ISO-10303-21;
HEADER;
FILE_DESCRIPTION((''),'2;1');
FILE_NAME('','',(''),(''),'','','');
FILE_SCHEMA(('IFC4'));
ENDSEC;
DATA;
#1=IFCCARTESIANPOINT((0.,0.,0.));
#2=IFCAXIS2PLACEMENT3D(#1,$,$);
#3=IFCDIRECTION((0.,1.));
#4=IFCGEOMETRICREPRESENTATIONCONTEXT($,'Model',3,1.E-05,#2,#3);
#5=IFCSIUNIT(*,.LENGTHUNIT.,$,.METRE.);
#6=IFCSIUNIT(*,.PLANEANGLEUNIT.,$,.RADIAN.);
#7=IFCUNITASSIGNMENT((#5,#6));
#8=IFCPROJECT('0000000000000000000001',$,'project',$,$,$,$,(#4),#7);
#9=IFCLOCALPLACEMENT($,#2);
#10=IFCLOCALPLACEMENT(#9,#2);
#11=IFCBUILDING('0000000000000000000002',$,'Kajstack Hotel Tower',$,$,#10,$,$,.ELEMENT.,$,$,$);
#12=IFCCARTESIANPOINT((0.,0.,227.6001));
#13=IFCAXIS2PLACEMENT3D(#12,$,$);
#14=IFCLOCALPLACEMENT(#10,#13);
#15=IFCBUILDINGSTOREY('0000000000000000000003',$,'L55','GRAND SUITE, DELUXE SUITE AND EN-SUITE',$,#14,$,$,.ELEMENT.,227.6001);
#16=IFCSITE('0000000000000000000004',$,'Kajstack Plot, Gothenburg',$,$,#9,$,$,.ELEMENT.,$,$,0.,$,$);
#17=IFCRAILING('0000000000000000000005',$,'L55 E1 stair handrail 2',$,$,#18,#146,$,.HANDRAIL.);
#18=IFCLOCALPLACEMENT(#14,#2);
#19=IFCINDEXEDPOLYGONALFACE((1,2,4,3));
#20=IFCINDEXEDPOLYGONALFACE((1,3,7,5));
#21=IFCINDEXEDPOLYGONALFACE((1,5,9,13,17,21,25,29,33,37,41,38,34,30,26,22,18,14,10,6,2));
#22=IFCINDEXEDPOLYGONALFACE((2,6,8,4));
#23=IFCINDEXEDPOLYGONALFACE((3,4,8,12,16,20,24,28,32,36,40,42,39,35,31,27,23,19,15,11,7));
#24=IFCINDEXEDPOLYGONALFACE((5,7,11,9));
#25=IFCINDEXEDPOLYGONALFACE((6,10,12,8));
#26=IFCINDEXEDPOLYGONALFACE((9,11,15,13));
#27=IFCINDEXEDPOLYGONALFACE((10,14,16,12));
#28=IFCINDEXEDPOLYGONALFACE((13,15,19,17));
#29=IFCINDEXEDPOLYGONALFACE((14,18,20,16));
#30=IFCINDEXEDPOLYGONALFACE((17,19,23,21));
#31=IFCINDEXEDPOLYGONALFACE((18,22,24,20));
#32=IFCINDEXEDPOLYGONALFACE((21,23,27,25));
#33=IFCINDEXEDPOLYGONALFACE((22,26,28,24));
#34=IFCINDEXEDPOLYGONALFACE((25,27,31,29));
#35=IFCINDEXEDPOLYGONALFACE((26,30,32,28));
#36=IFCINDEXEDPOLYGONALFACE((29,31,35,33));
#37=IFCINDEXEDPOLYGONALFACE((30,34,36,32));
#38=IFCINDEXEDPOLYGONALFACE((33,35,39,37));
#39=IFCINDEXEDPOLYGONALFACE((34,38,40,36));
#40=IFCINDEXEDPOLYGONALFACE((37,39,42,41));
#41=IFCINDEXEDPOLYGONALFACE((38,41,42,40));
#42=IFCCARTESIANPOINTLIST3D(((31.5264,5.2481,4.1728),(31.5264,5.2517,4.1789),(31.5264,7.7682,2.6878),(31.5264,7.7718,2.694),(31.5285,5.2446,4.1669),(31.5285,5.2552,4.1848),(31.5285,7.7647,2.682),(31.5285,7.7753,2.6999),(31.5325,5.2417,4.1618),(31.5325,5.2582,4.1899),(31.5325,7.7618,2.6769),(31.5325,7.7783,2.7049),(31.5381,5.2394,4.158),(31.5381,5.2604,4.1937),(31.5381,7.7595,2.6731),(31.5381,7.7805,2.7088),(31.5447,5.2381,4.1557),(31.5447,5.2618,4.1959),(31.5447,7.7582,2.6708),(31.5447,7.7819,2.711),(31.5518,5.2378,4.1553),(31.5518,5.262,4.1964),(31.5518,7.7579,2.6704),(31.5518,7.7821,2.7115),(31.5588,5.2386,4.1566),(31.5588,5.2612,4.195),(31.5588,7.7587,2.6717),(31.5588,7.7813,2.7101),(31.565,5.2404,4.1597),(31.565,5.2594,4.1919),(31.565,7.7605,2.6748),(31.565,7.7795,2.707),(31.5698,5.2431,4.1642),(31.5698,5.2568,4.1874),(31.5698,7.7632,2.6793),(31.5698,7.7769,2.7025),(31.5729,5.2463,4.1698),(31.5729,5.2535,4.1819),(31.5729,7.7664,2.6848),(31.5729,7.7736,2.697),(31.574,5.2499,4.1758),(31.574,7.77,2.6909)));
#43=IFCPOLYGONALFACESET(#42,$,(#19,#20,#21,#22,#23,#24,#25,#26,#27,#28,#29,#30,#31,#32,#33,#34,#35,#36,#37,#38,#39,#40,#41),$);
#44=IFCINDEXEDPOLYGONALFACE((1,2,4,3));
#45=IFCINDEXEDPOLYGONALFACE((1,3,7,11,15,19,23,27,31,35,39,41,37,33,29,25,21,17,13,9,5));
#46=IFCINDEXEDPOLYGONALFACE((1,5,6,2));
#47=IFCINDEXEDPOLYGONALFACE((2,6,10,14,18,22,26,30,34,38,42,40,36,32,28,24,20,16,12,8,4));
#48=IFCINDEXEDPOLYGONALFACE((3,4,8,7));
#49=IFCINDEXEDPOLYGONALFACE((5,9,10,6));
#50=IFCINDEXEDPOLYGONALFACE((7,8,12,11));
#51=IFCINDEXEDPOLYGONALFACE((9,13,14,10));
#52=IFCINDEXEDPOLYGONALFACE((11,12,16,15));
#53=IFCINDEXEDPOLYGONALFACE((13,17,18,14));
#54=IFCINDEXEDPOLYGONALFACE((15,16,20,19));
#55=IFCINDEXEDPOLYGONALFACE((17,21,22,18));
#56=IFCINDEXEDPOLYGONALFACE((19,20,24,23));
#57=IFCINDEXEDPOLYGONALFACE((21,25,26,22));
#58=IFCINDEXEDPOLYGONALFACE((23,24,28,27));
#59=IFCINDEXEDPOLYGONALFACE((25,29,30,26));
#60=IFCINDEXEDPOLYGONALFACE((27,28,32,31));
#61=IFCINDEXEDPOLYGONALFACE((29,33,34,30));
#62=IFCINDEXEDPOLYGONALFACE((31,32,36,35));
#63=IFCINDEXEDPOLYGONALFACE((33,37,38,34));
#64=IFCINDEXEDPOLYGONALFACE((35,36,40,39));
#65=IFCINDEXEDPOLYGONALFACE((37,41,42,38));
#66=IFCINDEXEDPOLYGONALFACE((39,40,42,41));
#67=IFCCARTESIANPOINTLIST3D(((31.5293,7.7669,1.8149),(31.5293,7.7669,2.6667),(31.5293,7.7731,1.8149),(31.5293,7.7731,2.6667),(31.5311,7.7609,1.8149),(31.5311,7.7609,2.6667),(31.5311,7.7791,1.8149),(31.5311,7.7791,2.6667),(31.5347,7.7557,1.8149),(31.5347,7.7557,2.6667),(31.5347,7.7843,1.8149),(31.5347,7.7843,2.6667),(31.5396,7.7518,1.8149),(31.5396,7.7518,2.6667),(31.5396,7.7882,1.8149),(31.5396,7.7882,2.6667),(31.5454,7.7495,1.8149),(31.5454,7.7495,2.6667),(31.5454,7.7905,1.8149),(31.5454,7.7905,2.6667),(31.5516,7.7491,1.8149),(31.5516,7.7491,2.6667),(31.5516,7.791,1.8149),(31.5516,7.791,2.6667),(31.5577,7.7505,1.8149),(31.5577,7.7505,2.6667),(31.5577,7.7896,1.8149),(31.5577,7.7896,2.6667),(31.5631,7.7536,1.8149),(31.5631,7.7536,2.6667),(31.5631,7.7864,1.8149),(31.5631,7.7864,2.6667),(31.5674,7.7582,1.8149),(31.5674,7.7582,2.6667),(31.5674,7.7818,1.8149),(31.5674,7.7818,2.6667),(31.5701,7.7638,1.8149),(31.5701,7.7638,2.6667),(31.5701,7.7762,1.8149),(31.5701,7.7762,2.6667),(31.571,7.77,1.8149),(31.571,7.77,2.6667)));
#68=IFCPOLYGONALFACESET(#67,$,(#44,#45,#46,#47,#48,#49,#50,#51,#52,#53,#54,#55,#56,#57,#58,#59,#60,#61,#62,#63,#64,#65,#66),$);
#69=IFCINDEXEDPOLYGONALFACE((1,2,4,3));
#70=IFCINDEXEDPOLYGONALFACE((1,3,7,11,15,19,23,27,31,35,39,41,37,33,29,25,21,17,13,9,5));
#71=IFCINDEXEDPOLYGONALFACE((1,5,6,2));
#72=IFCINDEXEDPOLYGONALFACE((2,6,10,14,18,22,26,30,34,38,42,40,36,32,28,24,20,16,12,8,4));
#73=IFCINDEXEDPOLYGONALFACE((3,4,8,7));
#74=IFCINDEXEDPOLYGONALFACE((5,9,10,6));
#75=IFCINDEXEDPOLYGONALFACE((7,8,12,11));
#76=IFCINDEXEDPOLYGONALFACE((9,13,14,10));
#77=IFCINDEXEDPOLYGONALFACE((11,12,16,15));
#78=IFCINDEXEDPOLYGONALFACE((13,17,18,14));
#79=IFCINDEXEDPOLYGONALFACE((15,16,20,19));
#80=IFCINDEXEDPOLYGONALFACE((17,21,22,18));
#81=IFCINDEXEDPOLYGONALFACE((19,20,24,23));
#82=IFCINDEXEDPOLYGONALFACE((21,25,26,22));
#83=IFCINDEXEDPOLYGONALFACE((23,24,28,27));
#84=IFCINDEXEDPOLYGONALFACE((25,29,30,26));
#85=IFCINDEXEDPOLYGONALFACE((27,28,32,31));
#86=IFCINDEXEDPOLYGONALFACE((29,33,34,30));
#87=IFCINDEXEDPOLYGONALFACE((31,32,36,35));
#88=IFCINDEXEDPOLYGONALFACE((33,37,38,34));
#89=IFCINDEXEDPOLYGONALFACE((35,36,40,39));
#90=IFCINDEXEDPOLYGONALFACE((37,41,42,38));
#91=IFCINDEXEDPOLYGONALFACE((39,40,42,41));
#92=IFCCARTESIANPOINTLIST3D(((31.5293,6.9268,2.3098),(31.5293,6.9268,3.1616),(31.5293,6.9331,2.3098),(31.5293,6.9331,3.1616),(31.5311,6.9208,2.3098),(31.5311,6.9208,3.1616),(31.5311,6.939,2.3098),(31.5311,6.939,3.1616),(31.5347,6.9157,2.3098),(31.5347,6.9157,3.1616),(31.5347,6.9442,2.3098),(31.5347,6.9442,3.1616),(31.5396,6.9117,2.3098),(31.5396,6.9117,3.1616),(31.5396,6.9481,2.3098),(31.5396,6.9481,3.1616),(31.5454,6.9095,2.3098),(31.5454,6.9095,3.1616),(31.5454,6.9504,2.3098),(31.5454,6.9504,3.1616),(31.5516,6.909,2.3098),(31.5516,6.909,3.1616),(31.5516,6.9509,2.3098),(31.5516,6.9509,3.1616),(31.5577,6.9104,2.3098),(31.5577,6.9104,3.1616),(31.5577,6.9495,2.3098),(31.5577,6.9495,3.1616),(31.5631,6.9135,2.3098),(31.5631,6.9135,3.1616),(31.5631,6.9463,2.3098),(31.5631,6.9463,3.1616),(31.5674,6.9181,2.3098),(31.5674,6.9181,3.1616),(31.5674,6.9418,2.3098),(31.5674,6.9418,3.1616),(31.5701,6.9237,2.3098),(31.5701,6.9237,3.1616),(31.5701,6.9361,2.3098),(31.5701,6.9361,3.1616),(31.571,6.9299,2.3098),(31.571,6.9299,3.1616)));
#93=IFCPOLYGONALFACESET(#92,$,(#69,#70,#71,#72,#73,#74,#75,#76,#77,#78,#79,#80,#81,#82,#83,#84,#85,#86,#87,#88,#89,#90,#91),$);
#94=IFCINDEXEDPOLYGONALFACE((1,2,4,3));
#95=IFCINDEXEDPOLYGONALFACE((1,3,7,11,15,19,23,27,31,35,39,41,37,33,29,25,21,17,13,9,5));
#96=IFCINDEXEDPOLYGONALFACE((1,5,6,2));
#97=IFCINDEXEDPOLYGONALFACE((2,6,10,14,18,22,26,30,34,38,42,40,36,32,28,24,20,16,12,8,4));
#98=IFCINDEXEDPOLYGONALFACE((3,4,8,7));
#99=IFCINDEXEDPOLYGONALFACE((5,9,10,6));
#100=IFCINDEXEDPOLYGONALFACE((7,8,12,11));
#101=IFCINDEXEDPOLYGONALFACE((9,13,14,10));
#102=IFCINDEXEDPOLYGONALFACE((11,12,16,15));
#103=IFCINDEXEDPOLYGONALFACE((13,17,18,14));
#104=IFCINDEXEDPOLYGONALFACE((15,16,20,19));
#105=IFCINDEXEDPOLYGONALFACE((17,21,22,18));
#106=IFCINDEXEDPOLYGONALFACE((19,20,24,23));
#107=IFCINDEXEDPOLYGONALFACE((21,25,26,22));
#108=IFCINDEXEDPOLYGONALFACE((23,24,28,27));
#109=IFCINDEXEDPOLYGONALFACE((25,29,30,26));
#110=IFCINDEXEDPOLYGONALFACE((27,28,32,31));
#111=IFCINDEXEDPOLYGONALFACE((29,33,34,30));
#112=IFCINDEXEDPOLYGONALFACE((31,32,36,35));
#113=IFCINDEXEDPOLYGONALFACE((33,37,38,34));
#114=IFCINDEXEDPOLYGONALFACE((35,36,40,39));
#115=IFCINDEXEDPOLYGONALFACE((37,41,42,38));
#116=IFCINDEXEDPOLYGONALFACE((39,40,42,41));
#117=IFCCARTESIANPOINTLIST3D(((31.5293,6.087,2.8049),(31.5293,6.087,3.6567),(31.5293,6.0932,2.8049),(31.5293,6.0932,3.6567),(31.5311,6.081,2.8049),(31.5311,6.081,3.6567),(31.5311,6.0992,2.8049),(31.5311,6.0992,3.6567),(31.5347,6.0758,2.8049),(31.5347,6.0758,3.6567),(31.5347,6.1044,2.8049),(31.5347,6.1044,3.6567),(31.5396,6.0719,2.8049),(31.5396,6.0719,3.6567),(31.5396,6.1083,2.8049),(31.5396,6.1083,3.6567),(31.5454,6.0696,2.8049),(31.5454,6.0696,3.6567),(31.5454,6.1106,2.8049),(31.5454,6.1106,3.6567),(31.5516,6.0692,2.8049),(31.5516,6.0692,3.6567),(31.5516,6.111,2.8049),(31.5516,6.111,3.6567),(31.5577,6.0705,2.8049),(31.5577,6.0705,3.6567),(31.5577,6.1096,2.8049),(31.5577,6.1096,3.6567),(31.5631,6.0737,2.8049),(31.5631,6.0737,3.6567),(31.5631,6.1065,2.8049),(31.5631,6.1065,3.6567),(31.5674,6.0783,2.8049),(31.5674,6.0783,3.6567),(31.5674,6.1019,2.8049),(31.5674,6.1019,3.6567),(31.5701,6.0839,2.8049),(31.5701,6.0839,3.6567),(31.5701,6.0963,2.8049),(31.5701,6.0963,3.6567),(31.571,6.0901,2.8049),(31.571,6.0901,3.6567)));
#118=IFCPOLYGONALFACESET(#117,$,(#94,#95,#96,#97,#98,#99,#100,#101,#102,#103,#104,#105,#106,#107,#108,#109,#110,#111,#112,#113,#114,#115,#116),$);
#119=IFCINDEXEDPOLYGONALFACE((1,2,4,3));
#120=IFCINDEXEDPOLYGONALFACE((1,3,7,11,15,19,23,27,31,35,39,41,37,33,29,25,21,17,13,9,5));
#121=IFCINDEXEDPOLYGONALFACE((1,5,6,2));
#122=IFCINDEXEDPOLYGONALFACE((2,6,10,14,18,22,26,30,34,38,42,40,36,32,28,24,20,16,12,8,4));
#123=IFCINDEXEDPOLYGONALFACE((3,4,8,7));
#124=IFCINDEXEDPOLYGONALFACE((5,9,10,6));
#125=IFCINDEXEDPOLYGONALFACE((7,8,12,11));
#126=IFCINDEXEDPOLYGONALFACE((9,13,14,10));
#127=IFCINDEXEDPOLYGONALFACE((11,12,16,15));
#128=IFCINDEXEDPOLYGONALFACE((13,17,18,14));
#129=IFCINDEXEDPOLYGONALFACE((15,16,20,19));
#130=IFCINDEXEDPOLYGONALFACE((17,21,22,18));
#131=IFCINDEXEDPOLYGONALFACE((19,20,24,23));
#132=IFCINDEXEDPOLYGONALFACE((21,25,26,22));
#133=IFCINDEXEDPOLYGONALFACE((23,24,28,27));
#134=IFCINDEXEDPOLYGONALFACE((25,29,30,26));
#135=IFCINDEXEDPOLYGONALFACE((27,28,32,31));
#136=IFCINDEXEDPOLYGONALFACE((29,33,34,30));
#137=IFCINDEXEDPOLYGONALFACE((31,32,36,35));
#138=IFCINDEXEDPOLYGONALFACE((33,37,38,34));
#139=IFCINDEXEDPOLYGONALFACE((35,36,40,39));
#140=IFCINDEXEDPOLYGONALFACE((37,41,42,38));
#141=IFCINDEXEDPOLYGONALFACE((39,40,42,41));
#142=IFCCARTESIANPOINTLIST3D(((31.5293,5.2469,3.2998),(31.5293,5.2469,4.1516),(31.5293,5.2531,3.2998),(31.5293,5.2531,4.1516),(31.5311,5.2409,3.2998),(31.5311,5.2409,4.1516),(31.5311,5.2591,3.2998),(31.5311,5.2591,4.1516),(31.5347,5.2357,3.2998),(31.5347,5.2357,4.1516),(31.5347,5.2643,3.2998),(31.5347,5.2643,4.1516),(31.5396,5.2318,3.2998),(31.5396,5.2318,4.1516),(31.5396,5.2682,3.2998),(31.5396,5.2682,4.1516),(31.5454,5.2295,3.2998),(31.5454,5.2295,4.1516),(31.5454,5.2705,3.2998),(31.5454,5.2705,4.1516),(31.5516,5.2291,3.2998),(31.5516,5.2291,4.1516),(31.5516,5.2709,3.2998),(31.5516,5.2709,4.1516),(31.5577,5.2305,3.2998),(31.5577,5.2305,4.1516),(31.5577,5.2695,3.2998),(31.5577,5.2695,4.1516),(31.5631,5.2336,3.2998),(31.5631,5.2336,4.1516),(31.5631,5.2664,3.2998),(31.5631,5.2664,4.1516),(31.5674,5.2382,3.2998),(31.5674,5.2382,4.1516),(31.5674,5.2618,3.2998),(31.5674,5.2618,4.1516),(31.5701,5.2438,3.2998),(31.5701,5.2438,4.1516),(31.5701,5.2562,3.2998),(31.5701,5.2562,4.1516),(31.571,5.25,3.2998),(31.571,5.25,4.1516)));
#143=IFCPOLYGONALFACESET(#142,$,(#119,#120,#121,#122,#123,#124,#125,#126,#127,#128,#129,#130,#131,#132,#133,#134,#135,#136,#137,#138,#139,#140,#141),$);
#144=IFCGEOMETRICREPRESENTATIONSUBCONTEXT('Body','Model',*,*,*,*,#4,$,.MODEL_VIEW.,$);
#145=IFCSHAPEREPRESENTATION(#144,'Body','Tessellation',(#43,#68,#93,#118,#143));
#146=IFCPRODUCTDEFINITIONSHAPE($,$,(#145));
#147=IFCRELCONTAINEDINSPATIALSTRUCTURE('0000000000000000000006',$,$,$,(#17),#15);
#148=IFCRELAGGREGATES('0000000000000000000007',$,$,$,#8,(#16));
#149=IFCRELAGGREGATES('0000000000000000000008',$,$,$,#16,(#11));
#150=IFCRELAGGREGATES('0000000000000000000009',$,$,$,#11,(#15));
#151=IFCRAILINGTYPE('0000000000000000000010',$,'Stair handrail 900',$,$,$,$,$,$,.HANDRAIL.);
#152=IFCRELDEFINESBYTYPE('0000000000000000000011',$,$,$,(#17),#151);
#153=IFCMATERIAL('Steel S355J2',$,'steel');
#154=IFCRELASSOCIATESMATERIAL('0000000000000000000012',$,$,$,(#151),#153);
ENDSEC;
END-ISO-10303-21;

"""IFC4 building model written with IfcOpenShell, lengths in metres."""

from ifc_helpers import new_model, si_unit, direction, frame, origin, origin_2d, place, context, subcontext, project, spatial, circle, extrude, material, type_object, element, save


model = new_model("IFC4")

# Units and contexts
model_context = context("Model", 3, precision=1e-05, world=origin(), true_north=direction((0.0, 1.0)))
body_context = subcontext(model_context, "Body", "Model", "MODEL_VIEW")
ifc_project = project(units=[si_unit("LENGTHUNIT", "METRE"), si_unit("PLANEANGLEUNIT", "RADIAN")], contexts=[model_context])

# Site, building, storey
site_placement = place(None, origin())
site = spatial("IfcSite", under=ifc_project, at=site_placement, Name="Kajstack Plot, Gothenburg", CompositionType="ELEMENT", RefElevation=0.0)
building_placement = place(site_placement, origin())
building = spatial("IfcBuilding", under=site, at=building_placement, Name="Kajstack Hotel Tower", CompositionType="ELEMENT")
storey_placement = place(building_placement, frame((0.0, 0.0, 227.6001)))
storey = spatial("IfcBuildingStorey", under=building, at=storey_placement, Name="L55", Description="GRAND SUITE, DELUXE SUITE AND EN-SUITE", CompositionType="ELEMENT", Elevation=227.6001)

# Railing
ifc_material_1 = material(Name="Steel S355J2", Category="steel")
railing_type_1 = type_object("IfcRailingType", Name="Stair handrail 900", PredefinedType="HANDRAIL", material=ifc_material_1)
railing_1_placement = place(storey_placement, frame((31.55, 7.77, 1.8149)))
element("IfcRailing", 1, at=railing_1_placement, inside=storey, type_object=railing_type_1, Name="L55 E1 stair handrail 2", PredefinedType="HANDRAIL", context=body_context, shape_type="SweptSolid", body=[
    extrude(circle(Radius=0.0239, at=origin_2d()), frame((0.0, 0.0, 0.876), z_axis=(0.0, -0.861561, 0.507655), x_axis=(1.0, 0.0, 0.0)), (0.0, 0.0, 1.0), 2.925),
    extrude(circle(Radius=0.021, at=origin_2d()), origin(), (0.0, 0.0, 1.0), 0.8518),
    extrude(circle(Radius=0.021, at=origin_2d()), frame((0.0, -0.8401, 0.4949)), (0.0, 0.0, 1.0), 0.8518),
    extrude(circle(Radius=0.021, at=origin_2d()), frame((0.0, -1.6799, 0.99)), (0.0, 0.0, 1.0), 0.8518),
    extrude(circle(Radius=0.021, at=origin_2d()), frame((0.0, -2.52, 1.4849)), (0.0, 0.0, 1.0), 0.8518),
])

save(model, "model.ifc")
